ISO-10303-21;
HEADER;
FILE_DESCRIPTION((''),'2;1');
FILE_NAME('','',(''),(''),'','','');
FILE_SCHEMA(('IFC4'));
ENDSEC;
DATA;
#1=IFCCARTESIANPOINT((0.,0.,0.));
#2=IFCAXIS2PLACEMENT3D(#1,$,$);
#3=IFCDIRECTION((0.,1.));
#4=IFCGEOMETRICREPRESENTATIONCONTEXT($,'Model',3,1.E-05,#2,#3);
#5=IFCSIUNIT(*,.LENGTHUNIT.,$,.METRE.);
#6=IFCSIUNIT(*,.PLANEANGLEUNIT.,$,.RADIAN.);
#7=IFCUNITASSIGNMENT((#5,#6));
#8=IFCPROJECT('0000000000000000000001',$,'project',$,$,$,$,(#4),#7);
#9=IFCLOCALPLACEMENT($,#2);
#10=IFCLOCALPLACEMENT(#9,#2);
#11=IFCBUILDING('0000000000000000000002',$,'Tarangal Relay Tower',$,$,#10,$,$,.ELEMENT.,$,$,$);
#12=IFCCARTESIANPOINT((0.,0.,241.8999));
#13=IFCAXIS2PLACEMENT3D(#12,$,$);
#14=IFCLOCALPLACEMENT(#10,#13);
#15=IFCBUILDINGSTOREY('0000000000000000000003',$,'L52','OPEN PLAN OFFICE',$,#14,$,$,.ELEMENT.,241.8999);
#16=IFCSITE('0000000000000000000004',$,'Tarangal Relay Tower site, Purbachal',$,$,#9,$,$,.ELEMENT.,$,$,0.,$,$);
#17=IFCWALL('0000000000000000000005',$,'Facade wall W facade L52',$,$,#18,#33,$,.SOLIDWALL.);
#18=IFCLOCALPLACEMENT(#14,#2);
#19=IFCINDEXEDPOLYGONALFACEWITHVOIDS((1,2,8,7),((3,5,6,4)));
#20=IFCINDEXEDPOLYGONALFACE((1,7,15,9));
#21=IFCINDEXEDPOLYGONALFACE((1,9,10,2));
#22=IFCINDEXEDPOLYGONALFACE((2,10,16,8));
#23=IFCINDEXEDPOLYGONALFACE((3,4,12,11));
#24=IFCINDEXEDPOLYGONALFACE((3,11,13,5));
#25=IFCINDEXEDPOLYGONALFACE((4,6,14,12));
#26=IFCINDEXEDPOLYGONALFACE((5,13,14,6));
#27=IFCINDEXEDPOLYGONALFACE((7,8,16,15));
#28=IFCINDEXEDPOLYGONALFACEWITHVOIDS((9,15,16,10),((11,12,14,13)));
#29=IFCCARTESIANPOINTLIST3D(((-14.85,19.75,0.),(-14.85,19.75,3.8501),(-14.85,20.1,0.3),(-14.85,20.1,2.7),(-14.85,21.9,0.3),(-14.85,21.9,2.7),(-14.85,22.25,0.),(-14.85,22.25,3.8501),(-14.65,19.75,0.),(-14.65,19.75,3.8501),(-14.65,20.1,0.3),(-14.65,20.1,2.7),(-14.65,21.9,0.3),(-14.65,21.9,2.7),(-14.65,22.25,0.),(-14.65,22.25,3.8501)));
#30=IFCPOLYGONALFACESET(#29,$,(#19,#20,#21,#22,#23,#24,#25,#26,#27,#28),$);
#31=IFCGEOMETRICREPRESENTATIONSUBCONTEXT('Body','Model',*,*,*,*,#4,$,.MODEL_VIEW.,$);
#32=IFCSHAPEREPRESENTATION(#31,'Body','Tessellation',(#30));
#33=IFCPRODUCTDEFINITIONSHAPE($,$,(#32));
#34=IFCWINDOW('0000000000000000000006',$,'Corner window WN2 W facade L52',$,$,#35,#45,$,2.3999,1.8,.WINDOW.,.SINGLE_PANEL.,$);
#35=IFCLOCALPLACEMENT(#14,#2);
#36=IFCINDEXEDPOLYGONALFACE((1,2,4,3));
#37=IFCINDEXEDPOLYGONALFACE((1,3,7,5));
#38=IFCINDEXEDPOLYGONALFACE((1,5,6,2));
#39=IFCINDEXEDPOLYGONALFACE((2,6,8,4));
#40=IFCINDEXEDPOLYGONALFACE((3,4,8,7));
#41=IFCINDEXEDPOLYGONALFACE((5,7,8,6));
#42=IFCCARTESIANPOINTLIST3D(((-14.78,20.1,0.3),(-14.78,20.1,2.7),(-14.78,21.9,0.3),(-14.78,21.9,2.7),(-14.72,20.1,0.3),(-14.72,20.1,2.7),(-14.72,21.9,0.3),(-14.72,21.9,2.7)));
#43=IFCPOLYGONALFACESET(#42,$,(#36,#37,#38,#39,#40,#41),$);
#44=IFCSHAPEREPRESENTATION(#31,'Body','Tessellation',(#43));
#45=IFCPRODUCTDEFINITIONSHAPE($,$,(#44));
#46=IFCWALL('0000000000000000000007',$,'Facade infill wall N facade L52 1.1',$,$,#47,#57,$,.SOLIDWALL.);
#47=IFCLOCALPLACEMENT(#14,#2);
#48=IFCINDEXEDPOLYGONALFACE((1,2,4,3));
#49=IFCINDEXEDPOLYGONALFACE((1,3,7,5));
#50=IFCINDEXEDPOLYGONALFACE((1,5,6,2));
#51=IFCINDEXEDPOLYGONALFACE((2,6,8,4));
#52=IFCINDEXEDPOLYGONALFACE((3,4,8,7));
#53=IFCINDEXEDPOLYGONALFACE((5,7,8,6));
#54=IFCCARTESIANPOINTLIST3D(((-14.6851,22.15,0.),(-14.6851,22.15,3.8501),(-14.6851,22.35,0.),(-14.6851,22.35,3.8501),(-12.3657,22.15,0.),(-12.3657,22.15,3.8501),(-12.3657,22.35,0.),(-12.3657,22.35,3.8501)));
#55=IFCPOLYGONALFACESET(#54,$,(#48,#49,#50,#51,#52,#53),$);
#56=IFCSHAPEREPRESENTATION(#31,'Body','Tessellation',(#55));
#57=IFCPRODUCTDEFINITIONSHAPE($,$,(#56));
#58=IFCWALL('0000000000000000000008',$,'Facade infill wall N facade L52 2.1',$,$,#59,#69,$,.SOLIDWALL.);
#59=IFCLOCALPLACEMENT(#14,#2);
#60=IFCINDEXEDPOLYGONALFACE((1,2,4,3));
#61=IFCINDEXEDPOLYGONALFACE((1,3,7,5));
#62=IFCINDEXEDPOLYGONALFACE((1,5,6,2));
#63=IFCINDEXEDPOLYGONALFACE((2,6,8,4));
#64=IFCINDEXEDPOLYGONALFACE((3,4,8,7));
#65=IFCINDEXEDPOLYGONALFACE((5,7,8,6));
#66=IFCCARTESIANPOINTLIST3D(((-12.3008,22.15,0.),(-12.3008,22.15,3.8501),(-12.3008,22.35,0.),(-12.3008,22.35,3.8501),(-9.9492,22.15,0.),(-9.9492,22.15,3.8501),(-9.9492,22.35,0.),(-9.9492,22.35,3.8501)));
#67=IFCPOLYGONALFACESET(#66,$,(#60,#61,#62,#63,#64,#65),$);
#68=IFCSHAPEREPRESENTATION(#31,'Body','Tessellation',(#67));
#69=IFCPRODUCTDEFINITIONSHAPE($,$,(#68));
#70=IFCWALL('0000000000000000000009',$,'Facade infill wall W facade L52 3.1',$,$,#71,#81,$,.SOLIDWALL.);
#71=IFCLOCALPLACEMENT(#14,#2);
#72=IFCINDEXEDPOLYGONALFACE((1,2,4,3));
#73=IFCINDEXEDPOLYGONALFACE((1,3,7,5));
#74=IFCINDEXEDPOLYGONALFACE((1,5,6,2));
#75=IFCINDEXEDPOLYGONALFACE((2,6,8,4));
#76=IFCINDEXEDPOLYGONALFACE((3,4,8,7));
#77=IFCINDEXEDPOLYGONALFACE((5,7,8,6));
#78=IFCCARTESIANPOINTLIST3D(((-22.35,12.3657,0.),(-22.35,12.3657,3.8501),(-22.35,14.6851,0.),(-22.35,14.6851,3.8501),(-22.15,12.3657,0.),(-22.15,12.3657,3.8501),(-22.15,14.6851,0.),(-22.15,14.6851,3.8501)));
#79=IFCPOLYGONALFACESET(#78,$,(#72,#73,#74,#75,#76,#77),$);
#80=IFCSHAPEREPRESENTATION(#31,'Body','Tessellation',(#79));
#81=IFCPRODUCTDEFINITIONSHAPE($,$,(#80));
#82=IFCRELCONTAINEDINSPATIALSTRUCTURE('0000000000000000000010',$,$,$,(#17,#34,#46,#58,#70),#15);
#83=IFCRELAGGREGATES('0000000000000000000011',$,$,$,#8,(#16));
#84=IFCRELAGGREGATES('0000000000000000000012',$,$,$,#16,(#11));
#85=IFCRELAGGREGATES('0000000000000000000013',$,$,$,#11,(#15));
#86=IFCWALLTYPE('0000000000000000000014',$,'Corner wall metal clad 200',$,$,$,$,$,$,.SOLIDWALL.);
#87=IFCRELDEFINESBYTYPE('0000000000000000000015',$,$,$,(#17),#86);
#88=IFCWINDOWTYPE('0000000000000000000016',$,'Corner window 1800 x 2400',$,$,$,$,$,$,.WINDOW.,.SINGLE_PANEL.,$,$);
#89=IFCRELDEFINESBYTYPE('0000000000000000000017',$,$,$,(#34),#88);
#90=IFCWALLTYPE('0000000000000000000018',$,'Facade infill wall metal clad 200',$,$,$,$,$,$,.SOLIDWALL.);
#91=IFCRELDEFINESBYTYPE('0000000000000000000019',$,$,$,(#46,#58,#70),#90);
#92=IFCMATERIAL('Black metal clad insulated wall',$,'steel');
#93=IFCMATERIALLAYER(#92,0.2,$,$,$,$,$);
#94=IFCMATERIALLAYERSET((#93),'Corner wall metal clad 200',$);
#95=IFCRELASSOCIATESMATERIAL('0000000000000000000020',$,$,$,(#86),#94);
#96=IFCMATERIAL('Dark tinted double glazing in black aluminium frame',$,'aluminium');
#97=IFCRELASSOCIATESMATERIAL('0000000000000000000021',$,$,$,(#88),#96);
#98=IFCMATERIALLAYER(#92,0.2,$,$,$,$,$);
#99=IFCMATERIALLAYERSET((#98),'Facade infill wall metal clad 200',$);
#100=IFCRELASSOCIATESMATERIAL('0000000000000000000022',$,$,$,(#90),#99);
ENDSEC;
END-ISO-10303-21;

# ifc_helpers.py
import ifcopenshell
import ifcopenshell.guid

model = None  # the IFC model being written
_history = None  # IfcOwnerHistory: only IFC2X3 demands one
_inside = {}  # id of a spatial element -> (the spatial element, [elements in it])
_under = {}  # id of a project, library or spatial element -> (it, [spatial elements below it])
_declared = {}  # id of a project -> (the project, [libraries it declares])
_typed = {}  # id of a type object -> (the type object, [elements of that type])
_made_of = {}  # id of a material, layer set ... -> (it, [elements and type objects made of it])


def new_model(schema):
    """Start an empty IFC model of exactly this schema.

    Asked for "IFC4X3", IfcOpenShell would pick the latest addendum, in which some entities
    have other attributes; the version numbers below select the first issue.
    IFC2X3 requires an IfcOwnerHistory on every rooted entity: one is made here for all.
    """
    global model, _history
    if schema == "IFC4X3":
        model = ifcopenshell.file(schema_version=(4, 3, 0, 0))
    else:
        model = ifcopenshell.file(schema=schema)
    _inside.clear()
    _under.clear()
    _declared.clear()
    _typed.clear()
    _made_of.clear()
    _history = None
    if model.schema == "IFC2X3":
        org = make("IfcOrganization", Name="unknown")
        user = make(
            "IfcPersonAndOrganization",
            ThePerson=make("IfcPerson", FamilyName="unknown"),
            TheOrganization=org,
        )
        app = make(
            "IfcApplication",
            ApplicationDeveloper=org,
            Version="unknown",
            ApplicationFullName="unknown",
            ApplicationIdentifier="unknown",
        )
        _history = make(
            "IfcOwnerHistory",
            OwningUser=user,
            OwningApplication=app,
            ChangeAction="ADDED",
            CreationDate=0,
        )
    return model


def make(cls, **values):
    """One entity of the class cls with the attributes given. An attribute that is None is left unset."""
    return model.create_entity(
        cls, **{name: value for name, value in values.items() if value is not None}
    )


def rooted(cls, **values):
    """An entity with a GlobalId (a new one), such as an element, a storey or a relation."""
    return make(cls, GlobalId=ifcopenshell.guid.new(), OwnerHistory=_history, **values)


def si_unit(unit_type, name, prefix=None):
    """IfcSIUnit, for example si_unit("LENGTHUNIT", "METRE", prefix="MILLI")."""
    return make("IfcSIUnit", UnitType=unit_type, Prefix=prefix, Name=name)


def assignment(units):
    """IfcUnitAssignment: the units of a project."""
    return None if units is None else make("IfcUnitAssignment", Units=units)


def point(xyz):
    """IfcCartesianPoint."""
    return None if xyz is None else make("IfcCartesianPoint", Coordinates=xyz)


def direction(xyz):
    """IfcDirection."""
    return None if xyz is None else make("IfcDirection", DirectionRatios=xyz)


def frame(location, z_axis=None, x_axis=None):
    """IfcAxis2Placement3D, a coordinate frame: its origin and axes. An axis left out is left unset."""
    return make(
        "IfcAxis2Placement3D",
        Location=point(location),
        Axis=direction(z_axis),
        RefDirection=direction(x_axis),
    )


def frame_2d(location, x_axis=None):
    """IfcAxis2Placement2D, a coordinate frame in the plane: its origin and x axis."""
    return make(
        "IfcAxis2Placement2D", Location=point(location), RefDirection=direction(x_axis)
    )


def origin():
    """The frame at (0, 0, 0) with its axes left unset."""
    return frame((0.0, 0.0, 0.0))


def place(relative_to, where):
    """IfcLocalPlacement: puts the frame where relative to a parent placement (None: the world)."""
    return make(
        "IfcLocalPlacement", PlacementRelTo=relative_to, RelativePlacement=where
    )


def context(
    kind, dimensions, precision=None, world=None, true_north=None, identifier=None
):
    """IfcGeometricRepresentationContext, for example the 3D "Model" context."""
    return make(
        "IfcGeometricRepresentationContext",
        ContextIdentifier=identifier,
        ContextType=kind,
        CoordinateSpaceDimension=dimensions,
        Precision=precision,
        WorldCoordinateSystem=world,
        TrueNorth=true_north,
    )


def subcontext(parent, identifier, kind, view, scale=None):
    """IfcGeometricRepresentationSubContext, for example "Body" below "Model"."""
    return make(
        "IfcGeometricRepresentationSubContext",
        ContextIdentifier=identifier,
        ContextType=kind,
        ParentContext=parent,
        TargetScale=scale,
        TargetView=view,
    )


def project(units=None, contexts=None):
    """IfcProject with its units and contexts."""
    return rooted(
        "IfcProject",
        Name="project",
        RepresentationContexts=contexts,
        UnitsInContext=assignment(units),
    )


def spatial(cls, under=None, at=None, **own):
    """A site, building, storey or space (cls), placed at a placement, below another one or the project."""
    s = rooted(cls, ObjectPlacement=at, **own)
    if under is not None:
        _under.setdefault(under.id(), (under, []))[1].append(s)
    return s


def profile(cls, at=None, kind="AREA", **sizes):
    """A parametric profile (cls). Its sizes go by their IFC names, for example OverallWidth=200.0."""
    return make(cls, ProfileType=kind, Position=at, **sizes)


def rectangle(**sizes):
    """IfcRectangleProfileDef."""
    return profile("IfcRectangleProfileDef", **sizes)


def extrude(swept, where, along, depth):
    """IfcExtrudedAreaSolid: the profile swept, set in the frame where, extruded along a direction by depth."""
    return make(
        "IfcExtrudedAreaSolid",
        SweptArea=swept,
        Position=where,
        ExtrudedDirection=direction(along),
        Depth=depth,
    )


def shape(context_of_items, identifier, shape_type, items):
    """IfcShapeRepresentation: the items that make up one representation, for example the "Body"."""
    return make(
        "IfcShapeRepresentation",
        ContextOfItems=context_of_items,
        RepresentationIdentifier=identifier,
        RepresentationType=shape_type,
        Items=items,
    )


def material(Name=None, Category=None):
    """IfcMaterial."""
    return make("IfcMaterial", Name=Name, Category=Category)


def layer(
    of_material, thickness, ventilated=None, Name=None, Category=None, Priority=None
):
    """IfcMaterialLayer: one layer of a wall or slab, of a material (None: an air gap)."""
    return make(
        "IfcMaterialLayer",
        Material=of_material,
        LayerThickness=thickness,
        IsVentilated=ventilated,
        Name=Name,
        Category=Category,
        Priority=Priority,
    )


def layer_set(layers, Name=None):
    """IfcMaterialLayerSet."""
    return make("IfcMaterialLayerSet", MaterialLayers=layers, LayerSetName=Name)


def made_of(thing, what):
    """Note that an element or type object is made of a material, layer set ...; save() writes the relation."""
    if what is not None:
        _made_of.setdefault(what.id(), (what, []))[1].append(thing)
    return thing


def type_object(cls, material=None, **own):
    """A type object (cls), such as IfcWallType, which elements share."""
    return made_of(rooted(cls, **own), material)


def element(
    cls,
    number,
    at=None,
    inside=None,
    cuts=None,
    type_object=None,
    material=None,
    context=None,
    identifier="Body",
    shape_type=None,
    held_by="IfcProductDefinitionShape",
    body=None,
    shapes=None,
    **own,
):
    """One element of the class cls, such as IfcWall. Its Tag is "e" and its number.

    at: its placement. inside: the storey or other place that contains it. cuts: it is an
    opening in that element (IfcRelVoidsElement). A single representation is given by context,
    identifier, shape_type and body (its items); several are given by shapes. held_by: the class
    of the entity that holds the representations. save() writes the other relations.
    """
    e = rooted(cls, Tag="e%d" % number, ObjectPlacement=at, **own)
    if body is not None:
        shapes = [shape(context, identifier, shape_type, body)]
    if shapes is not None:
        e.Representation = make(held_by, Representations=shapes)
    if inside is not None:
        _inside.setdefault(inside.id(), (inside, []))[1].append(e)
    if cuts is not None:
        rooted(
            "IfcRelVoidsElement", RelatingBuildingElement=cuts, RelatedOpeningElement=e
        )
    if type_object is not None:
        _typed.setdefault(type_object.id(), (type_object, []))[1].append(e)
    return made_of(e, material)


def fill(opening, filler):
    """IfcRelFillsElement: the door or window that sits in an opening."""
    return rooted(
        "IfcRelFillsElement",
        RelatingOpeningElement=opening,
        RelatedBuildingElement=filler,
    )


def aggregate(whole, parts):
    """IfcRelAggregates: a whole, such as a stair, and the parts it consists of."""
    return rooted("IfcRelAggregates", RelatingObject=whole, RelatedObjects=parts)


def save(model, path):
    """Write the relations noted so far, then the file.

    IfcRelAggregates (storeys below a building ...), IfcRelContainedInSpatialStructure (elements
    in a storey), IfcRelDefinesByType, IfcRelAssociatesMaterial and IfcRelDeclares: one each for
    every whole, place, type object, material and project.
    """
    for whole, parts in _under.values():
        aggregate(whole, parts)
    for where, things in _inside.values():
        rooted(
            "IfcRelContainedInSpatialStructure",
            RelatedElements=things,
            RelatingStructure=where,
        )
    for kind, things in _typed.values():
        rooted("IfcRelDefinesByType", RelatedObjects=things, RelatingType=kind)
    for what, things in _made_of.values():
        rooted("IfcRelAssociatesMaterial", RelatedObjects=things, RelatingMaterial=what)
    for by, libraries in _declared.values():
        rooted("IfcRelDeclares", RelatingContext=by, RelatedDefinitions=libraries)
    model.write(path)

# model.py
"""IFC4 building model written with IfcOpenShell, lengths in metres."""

from ifc_helpers import new_model, si_unit, direction, frame, frame_2d, origin, place, context, subcontext, project, spatial, rectangle, extrude, material, layer, layer_set, type_object, element, fill, save


model = new_model("IFC4")

# Units and contexts
model_context = context("Model", 3, precision=1e-05, world=origin(), true_north=direction((0.0, 1.0)))
body_context = subcontext(model_context, "Body", "Model", "MODEL_VIEW")
ifc_project = project(units=[si_unit("LENGTHUNIT", "METRE"), si_unit("PLANEANGLEUNIT", "RADIAN")], contexts=[model_context])

# Site, building, storey
site_placement = place(None, origin())
site = spatial("IfcSite", under=ifc_project, at=site_placement, Name="Tarangal Relay Tower site, Purbachal", CompositionType="ELEMENT", RefElevation=0.0)
building_placement = place(site_placement, origin())
building = spatial("IfcBuilding", under=site, at=building_placement, Name="Tarangal Relay Tower", CompositionType="ELEMENT")
storey_placement = place(building_placement, frame((0.0, 0.0, 241.8999)))
storey = spatial("IfcBuildingStorey", under=building, at=storey_placement, Name="L52", Description="OPEN PLAN OFFICE", CompositionType="ELEMENT", Elevation=241.8999)

# Shared definitions
ifc_material_1 = material(Name="Black metal clad insulated wall", Category="steel")
ifc_layer_1 = layer(ifc_material_1, 0.2)
ifc_layer_set_1 = layer_set([ifc_layer_1], Name="Corner wall metal clad 200")
wall_type_1 = type_object("IfcWallType", Name="Corner wall metal clad 200", PredefinedType="SOLIDWALL", material=ifc_layer_set_1)

# Shared definitions
ifc_material_2 = material(Name="Dark tinted double glazing in black aluminium frame", Category="aluminium")
window_type = type_object("IfcWindowType", Name="Corner window 1800 x 2400", PartitioningType="SINGLE_PANEL", PredefinedType="WINDOW", material=ifc_material_2)

# Wall, opening, window
wall_1_placement = place(storey_placement, frame((-14.75, 19.75, 0.0), z_axis=(0.0, 0.0, 1.0), x_axis=(0.0, 1.0, 0.0)))
wall_1 = element("IfcWall", 1, at=wall_1_placement, inside=storey, type_object=wall_type_1, Name="Facade wall W facade L52", PredefinedType="SOLIDWALL", context=body_context, shape_type="SweptSolid", body=[
    extrude(rectangle(XDim=2.5, YDim=0.2, at=frame_2d((1.25, 0.0))), origin(), (0.0, 0.0, 1.0), 3.8501),
])
opening_1_placement = place(wall_1_placement, frame((0.3501, 0.0, 0.3)))
opening_1 = element("IfcOpeningElement", 2, at=opening_1_placement, cuts=wall_1, PredefinedType="OPENING", context=body_context, shape_type="SweptSolid", body=[
    extrude(rectangle(XDim=1.8, YDim=2.3999, at=frame_2d((0.8999, 1.2))), frame((0.0, 0.1099, 0.0), z_axis=(0.0, -1.0, 0.0), x_axis=(1.0, 0.0, 0.0)), (0.0, 0.0, 1.0), 0.22),
])
window_1_placement = place(opening_1_placement, origin())
window_1 = element("IfcWindow", 3, at=window_1_placement, inside=storey, type_object=window_type, Name="Corner window WN2 W facade L52", OverallHeight=2.3999, OverallWidth=1.8, PartitioningType="SINGLE_PANEL", PredefinedType="WINDOW", context=body_context, shape_type="SweptSolid", body=[
    extrude(rectangle(XDim=1.8, YDim=2.3999, at=frame_2d((0.8999, 1.2))), frame((0.0, 0.03, 0.0), z_axis=(0.0, -1.0, 0.0), x_axis=(1.0, 0.0, 0.0)), (0.0, 0.0, 1.0), 0.0601),
])
fill(opening_1, window_1)

# Walls
ifc_layer_2 = layer(ifc_material_1, 0.2)
ifc_layer_set_2 = layer_set([ifc_layer_2], Name="Facade infill wall metal clad 200")
wall_type_2 = type_object("IfcWallType", Name="Facade infill wall metal clad 200", PredefinedType="SOLIDWALL", material=ifc_layer_set_2)
wall_2_placement = place(storey_placement, frame((-14.6851, 22.25, 0.0), z_axis=(0.0, 0.0, 1.0), x_axis=(1.0, 0.0, 0.0)))
element("IfcWall", 4, at=wall_2_placement, inside=storey, type_object=wall_type_2, Name="Facade infill wall N facade L52 1.1", PredefinedType="SOLIDWALL", context=body_context, shape_type="SweptSolid", body=[
    extrude(rectangle(XDim=2.3193, YDim=0.2, at=frame_2d((1.1597, 0.0))), origin(), (0.0, 0.0, 1.0), 3.8501),
])
wall_3_placement = place(storey_placement, frame((-12.3008, 22.25, 0.0), z_axis=(0.0, 0.0, 1.0), x_axis=(1.0, 0.0, 0.0)))
element("IfcWall", 5, at=wall_3_placement, inside=storey, type_object=wall_type_2, Name="Facade infill wall N facade L52 2.1", PredefinedType="SOLIDWALL", context=body_context, shape_type="SweptSolid", body=[
    extrude(rectangle(XDim=2.3516, YDim=0.2, at=frame_2d((1.1758, 0.0))), origin(), (0.0, 0.0, 1.0), 3.8501),
])
wall_4_placement = place(storey_placement, frame((-22.25, 12.3657, 0.0), z_axis=(0.0, 0.0, 1.0), x_axis=(0.0, 1.0, 0.0)))
element("IfcWall", 6, at=wall_4_placement, inside=storey, type_object=wall_type_2, Name="Facade infill wall W facade L52 3.1", PredefinedType="SOLIDWALL", context=body_context, shape_type="SweptSolid", body=[
    extrude(rectangle(XDim=2.3193, YDim=0.2, at=frame_2d((1.1597, 0.0))), origin(), (0.0, 0.0, 1.0), 3.8501),
])

save(model, "model.ifc")
